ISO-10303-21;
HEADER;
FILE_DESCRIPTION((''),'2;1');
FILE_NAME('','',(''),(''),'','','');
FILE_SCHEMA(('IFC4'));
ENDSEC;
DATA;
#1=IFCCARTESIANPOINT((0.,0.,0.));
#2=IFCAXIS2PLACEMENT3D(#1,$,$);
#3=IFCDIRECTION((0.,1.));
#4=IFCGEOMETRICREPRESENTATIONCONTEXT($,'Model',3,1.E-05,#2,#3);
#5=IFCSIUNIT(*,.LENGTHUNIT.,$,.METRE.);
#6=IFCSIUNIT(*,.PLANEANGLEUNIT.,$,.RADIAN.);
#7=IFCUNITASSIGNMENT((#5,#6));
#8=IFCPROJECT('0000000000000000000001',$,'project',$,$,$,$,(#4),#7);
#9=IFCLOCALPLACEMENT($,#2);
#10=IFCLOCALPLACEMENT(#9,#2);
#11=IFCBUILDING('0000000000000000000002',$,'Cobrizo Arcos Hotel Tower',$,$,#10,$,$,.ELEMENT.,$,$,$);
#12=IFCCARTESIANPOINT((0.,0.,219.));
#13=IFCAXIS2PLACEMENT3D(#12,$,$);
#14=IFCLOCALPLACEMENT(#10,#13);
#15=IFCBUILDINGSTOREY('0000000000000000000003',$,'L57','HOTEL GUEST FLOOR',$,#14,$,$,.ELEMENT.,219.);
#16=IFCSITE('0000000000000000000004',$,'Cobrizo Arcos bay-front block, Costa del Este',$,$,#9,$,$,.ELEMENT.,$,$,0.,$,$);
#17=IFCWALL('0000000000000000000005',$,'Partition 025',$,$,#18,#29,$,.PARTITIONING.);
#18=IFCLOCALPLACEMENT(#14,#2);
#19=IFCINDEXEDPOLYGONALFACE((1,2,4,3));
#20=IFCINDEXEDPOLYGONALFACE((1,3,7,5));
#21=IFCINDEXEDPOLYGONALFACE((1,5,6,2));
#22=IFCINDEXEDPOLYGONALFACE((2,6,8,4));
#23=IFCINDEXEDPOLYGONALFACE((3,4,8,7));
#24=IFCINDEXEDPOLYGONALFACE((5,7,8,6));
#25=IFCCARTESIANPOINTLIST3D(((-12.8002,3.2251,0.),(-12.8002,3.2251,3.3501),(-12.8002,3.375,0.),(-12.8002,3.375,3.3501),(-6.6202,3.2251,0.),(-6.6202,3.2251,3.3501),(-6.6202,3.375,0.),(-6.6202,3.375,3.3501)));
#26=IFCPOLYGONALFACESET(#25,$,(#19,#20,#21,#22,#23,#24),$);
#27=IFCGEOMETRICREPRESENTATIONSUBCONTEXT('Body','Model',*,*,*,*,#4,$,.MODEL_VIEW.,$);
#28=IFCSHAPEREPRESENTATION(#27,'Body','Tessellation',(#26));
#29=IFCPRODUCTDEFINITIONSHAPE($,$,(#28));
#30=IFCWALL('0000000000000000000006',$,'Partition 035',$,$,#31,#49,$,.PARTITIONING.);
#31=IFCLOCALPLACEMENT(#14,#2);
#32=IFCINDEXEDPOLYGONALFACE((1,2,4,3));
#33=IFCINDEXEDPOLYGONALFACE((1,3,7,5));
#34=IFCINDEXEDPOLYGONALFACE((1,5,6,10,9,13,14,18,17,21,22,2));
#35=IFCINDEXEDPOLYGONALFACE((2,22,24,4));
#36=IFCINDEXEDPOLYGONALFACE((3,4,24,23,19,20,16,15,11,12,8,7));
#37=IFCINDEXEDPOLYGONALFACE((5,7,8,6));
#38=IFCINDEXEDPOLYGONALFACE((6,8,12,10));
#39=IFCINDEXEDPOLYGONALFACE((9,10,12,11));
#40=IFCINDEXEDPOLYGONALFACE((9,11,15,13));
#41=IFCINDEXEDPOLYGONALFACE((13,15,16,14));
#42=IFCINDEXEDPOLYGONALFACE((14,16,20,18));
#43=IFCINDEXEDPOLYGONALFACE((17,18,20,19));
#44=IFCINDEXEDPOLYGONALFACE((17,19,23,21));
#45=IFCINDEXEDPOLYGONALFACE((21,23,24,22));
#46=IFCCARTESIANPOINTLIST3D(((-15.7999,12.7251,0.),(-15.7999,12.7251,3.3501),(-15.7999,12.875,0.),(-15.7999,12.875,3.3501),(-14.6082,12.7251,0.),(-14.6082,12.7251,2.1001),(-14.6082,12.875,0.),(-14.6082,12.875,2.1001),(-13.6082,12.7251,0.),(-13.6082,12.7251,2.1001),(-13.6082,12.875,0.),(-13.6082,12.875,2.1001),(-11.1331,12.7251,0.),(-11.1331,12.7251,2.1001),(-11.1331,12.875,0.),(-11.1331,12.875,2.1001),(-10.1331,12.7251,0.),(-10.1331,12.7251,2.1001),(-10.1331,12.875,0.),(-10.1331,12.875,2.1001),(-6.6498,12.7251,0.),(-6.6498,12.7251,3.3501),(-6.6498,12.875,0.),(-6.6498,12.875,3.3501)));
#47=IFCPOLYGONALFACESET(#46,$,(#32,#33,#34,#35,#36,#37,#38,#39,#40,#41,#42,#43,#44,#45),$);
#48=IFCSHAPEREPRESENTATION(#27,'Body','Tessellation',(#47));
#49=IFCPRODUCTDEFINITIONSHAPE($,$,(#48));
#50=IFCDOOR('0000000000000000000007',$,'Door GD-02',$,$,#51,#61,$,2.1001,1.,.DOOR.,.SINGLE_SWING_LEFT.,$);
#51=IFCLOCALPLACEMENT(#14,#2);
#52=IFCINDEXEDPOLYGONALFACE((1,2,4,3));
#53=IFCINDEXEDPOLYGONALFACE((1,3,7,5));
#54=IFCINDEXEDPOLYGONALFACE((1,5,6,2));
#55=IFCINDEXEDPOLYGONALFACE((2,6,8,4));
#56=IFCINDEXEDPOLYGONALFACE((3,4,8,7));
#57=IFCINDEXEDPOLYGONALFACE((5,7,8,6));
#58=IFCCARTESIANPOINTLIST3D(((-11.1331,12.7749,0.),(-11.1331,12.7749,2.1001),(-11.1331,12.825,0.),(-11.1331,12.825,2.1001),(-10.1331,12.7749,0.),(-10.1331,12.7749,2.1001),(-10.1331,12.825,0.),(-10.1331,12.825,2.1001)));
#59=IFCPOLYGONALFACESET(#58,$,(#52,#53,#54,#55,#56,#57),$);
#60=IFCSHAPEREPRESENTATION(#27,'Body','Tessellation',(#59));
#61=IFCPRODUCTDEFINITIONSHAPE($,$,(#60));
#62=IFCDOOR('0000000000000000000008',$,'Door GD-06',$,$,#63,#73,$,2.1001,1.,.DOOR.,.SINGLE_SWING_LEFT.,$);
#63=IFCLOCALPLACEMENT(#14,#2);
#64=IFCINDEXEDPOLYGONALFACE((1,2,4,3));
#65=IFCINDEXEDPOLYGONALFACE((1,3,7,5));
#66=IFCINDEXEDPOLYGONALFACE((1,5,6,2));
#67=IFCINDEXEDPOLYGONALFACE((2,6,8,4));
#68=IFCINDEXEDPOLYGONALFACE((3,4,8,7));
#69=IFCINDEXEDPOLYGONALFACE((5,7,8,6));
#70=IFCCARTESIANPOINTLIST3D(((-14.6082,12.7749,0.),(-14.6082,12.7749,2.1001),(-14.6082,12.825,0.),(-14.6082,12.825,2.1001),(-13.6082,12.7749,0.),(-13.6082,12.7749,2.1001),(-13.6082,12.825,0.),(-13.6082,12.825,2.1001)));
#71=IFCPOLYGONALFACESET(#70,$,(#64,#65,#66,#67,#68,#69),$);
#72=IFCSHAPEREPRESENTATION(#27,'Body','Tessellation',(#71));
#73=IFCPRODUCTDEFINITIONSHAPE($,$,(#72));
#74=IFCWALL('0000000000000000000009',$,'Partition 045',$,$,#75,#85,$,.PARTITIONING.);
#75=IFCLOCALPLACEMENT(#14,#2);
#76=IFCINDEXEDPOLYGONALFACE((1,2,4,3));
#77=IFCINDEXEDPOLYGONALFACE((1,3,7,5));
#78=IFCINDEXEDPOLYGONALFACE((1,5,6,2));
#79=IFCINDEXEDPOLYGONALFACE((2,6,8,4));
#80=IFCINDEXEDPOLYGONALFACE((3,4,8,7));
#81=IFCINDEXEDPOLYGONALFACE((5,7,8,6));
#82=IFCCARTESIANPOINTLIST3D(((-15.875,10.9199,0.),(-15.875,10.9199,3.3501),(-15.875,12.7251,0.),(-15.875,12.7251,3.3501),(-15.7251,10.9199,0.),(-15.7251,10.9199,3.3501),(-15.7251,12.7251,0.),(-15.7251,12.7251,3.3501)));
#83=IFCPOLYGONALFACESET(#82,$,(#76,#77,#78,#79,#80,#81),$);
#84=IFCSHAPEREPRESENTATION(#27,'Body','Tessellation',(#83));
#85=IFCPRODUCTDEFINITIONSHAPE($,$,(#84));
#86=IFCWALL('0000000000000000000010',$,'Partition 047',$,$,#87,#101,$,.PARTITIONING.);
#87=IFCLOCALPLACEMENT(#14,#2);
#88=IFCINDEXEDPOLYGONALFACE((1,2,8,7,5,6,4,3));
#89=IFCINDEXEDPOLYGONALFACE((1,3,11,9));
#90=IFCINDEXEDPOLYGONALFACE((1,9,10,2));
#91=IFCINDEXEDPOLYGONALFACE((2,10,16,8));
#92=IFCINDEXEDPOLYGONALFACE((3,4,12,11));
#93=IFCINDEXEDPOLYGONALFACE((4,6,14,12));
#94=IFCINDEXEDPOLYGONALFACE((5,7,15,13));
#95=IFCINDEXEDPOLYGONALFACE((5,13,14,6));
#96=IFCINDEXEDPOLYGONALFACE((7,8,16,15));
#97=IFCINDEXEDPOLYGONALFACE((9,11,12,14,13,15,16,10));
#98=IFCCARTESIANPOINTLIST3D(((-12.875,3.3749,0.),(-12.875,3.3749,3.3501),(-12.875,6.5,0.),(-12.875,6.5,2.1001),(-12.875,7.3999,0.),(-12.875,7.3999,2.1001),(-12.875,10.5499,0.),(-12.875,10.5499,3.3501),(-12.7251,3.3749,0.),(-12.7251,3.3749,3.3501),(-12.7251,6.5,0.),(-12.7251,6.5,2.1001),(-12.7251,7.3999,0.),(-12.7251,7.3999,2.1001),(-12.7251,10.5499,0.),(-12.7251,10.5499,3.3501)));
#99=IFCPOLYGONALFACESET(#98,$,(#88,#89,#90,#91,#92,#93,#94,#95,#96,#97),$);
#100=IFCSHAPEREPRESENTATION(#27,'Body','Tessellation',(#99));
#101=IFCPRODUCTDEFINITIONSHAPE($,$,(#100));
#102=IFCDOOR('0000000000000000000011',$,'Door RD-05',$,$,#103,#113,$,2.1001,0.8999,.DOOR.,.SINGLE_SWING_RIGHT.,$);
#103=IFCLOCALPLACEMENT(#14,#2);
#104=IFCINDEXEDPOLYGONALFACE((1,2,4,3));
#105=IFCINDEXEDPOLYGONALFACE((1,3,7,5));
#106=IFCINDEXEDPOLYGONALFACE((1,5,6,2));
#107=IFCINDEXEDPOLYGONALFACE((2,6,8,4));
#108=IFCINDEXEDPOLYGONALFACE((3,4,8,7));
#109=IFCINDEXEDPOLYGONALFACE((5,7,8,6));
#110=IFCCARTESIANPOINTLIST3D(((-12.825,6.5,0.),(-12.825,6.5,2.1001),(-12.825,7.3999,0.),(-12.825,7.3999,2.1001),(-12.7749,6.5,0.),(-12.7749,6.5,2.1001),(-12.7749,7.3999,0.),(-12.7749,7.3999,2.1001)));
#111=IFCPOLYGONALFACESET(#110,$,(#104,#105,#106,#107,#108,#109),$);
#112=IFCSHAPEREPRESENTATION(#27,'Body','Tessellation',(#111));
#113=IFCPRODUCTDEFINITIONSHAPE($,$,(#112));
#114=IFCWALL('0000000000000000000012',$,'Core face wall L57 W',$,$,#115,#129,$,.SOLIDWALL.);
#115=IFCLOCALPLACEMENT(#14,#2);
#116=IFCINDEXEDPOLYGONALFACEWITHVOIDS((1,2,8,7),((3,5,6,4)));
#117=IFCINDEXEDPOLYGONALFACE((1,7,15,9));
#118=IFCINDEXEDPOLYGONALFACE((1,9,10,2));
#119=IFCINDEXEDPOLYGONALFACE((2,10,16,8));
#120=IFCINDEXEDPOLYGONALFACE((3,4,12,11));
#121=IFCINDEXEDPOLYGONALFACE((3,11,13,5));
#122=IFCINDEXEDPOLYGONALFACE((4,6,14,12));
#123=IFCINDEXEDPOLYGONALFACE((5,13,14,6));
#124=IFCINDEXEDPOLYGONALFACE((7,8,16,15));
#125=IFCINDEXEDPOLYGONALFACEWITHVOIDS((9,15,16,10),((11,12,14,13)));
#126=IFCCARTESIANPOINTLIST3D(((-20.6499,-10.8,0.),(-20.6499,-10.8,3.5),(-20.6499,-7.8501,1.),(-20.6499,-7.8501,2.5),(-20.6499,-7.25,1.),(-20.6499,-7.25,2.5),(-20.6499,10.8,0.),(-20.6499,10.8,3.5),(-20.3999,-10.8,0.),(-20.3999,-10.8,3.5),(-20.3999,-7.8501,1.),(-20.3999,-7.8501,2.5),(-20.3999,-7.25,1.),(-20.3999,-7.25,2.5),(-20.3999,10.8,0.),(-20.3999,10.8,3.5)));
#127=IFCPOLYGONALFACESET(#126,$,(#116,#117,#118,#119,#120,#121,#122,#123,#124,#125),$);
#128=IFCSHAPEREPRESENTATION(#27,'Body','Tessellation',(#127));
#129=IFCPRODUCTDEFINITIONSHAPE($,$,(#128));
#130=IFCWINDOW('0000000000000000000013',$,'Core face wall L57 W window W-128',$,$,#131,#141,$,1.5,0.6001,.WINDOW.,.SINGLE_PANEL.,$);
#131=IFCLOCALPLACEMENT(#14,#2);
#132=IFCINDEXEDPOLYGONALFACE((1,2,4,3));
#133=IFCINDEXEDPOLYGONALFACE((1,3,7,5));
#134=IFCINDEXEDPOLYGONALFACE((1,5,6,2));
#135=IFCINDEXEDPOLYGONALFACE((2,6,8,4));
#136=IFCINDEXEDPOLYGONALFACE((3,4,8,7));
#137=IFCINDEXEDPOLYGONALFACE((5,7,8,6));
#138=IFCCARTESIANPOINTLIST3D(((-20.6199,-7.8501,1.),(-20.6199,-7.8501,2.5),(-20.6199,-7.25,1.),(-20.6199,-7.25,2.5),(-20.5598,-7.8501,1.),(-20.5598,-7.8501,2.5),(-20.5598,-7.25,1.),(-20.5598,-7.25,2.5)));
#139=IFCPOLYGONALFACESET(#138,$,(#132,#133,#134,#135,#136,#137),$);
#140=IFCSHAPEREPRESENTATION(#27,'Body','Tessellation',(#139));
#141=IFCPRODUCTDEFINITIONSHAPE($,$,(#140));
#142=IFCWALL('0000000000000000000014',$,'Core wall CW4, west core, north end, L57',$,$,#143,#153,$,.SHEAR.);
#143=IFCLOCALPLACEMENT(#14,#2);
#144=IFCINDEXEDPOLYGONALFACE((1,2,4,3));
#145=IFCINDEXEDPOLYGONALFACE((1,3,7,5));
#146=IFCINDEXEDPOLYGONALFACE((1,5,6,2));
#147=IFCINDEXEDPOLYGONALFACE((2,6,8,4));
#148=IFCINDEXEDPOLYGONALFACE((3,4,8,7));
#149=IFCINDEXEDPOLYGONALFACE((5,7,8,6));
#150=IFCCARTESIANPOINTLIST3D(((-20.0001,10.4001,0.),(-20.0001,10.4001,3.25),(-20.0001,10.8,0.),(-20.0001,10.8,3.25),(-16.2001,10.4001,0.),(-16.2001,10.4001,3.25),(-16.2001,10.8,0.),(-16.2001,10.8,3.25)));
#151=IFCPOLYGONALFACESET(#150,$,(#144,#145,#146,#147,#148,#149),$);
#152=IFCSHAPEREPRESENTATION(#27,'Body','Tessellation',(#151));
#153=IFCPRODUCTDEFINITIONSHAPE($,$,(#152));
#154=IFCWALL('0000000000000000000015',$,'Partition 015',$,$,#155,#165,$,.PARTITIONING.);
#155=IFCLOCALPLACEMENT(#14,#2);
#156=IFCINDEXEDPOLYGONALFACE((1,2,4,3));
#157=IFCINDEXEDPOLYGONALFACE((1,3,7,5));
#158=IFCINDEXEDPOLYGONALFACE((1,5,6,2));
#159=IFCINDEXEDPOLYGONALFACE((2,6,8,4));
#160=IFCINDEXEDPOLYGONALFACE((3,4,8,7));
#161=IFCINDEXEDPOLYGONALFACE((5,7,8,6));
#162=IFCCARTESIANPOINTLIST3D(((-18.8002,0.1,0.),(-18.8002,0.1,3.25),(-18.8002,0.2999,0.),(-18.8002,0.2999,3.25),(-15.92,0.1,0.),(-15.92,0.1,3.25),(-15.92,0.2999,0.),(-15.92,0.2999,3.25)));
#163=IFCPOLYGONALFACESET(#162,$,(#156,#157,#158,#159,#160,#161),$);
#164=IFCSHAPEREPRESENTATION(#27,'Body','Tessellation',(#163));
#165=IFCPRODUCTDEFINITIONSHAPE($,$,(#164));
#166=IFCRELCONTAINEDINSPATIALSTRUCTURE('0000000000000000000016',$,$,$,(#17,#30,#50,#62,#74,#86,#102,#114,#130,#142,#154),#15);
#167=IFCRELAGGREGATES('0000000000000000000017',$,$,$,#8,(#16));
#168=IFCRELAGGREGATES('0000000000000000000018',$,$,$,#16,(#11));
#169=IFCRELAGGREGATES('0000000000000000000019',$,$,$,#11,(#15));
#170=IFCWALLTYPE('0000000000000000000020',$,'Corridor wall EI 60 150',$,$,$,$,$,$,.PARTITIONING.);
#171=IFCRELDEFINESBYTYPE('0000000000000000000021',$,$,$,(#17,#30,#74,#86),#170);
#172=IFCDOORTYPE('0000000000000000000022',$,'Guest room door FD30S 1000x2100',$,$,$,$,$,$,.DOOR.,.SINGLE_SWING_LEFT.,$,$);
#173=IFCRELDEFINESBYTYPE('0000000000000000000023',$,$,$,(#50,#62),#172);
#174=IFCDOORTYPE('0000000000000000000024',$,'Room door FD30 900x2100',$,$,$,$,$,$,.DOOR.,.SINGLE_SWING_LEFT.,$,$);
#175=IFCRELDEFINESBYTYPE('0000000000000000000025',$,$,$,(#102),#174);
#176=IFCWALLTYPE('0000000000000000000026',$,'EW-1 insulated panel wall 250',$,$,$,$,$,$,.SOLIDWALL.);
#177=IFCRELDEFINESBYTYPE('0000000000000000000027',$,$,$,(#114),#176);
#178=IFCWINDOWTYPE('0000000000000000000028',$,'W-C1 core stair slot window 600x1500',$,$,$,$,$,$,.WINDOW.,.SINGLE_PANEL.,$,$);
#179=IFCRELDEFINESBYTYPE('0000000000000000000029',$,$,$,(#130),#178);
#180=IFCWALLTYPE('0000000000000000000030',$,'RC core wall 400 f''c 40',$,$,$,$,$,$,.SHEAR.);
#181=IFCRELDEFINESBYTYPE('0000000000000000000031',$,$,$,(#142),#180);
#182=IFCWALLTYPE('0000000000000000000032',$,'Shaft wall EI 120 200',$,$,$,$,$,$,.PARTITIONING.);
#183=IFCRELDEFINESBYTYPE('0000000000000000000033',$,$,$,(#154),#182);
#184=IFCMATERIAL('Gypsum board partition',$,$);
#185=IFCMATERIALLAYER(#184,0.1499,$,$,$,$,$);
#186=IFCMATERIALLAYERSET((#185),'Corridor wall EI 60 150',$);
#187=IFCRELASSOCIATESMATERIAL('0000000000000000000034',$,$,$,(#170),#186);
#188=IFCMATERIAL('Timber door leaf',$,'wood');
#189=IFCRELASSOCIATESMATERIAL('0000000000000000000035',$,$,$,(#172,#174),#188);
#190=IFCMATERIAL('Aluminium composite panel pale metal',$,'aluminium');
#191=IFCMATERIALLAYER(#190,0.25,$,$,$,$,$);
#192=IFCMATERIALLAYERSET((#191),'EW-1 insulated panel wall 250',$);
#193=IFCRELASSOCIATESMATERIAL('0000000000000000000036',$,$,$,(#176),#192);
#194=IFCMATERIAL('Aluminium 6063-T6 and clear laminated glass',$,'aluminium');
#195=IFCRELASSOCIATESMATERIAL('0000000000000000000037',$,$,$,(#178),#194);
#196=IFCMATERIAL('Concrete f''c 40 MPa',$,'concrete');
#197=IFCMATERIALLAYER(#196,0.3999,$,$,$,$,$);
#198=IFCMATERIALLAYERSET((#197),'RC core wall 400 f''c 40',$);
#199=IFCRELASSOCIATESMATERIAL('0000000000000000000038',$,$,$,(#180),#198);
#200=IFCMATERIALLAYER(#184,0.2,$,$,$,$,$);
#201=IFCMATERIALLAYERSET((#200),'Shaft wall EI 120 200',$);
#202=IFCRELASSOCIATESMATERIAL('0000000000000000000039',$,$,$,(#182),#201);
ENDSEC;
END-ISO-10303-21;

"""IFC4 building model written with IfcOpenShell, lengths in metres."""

from ifc_helpers import new_model, si_unit, direction, frame, frame_2d, origin, place, context, subcontext, project, spatial, rectangle, extrude, material, layer, layer_set, type_object, element, fill, save


model = new_model("IFC4")

# Units and contexts
model_context = context("Model", 3, precision=1e-05, world=origin(), true_north=direction((0.0, 1.0)))
body_context = subcontext(model_context, "Body", "Model", "MODEL_VIEW")
ifc_project = project(units=[si_unit("LENGTHUNIT", "METRE"), si_unit("PLANEANGLEUNIT", "RADIAN")], contexts=[model_context])

# Site, building, storey
site_placement = place(None, origin())
site = spatial("IfcSite", under=ifc_project, at=site_placement, Name="Cobrizo Arcos bay-front block, Costa del Este", CompositionType="ELEMENT", RefElevation=0.0)
building_placement = place(site_placement, origin())
building = spatial("IfcBuilding", under=site, at=building_placement, Name="Cobrizo Arcos Hotel Tower", CompositionType="ELEMENT")
storey_placement = place(building_placement, frame((0.0, 0.0, 219.0)))
storey = spatial("IfcBuildingStorey", under=building, at=storey_placement, Name="L57", Description="HOTEL GUEST FLOOR", CompositionType="ELEMENT", Elevation=219.0)

# Shared definitions
ifc_material_1 = material(Name="Aluminium composite panel pale metal", Category="aluminium")

# Wall
ifc_material_2 = material(Name="Gypsum board partition")
ifc_layer_1 = layer(ifc_material_2, 0.1499)
ifc_layer_set_1 = layer_set([ifc_layer_1], Name="Corridor wall EI 60 150")
wall_type_1 = type_object("IfcWallType", Name="Corridor wall EI 60 150", PredefinedType="PARTITIONING", material=ifc_layer_set_1)
wall_1_placement = place(storey_placement, frame((-12.8, 3.3, 0.0), z_axis=(0.0, 0.0, 1.0), x_axis=(1.0, 0.0, 0.0)))
element("IfcWall", 1, at=wall_1_placement, inside=storey, type_object=wall_type_1, Name="Partition 025", PredefinedType="PARTITIONING", context=body_context, shape_type="SweptSolid", body=[
    extrude(rectangle(XDim=6.1799, YDim=0.1499, at=frame_2d((3.0898, 0.0))), origin(), (0.0, 0.0, 1.0), 3.3501),
])

# Wall, openings, doors
wall_2_placement = place(storey_placement, frame((-15.8, 12.8, 0.0), z_axis=(0.0, 0.0, 1.0), x_axis=(1.0, 0.0, 0.0)))
wall_2 = element("IfcWall", 2, at=wall_2_placement, inside=storey, type_object=wall_type_1, Name="Partition 035", PredefinedType="PARTITIONING", context=body_context, shape_type="SweptSolid", body=[
    extrude(rectangle(XDim=9.1501, YDim=0.1499, at=frame_2d((4.5752, 0.0))), origin(), (0.0, 0.0, 1.0), 3.3501),
])
opening_1_placement = place(wall_2_placement, frame((4.667, 0.0, 0.0)))
opening_1 = element("IfcOpeningElement", 3, at=opening_1_placement, cuts=wall_2, PredefinedType="OPENING", context=body_context, shape_type="SweptSolid", body=[
    extrude(rectangle(XDim=1.0, YDim=2.1001, at=frame_2d((0.5, 1.05))), frame((0.0, 0.0869, 0.0), z_axis=(0.0, -1.0, 0.0), x_axis=(1.0, 0.0, 0.0)), (0.0, 0.0, 1.0), 0.1738),
])
opening_2_placement = place(wall_2_placement, frame((1.1919, 0.0, 0.0)))
opening_2 = element("IfcOpeningElement", 4, at=opening_2_placement, cuts=wall_2, PredefinedType="OPENING", context=body_context, shape_type="SweptSolid", body=[
    extrude(rectangle(XDim=1.0, YDim=2.1001, at=frame_2d((0.5, 1.05))), frame((0.0, 0.0869, 0.0), z_axis=(0.0, -1.0, 0.0), x_axis=(1.0, 0.0, 0.0)), (0.0, 0.0, 1.0), 0.1738),
])
ifc_material_3 = material(Name="Timber door leaf", Category="wood")
door_type_1 = type_object("IfcDoorType", Name="Guest room door FD30S 1000x2100", OperationType="SINGLE_SWING_LEFT", PredefinedType="DOOR", material=ifc_material_3)
door_1_placement = place(opening_1_placement, origin())
door_1 = element("IfcDoor", 5, at=door_1_placement, inside=storey, type_object=door_type_1, Name="Door GD-02", OperationType="SINGLE_SWING_LEFT", OverallHeight=2.1001, OverallWidth=1.0, PredefinedType="DOOR", context=body_context, shape_type="SweptSolid", body=[
    extrude(rectangle(XDim=1.0, YDim=2.1001, at=frame_2d((0.5, 1.05))), frame((0.0, 0.0249, 0.0), z_axis=(0.0, -1.0, 0.0), x_axis=(1.0, 0.0, 0.0)), (0.0, 0.0, 1.0), 0.05),
])
fill(opening_1, door_1)
door_2_placement = place(opening_2_placement, origin())
door_2 = element("IfcDoor", 6, at=door_2_placement, inside=storey, type_object=door_type_1, Name="Door GD-06", OperationType="SINGLE_SWING_LEFT", OverallHeight=2.1001, OverallWidth=1.0, PredefinedType="DOOR", context=body_context, shape_type="SweptSolid", body=[
    extrude(rectangle(XDim=1.0, YDim=2.1001, at=frame_2d((0.5, 1.05))), frame((0.0, 0.0249, 0.0), z_axis=(0.0, -1.0, 0.0), x_axis=(1.0, 0.0, 0.0)), (0.0, 0.0, 1.0), 0.05),
])
fill(opening_2, door_2)

# Wall
wall_3_placement = place(storey_placement, frame((-15.8, 10.9199, 0.0), z_axis=(0.0, 0.0, 1.0), x_axis=(0.0, 1.0, 0.0)))
element("IfcWall", 7, at=wall_3_placement, inside=storey, type_object=wall_type_1, Name="Partition 045", PredefinedType="PARTITIONING", context=body_context, shape_type="SweptSolid", body=[
    extrude(rectangle(XDim=1.8052, YDim=0.1499, at=frame_2d((0.9026, 0.0))), origin(), (0.0, 0.0, 1.0), 3.3501),
])

# Wall, opening, door
wall_4_placement = place(storey_placement, frame((-12.8, 3.375, 0.0), z_axis=(0.0, 0.0, 1.0), x_axis=(0.0, 1.0, 0.0)))
wall_4 = element("IfcWall", 8, at=wall_4_placement, inside=storey, type_object=wall_type_1, Name="Partition 047", PredefinedType="PARTITIONING", context=body_context, shape_type="SweptSolid", body=[
    extrude(rectangle(XDim=7.175, YDim=0.1499, at=frame_2d((3.5874, 0.0))), origin(), (0.0, 0.0, 1.0), 3.3501),
])
opening_3_placement = place(wall_4_placement, frame((3.125, 0.0, 0.0)))
opening_3 = element("IfcOpeningElement", 9, at=opening_3_placement, cuts=wall_4, PredefinedType="OPENING", context=body_context, shape_type="SweptSolid", body=[
    extrude(rectangle(XDim=0.8999, YDim=2.1001, at=frame_2d((0.45, 1.05))), frame((0.0, 0.0869, 0.0), z_axis=(0.0, -1.0, 0.0), x_axis=(1.0, 0.0, 0.0)), (0.0, 0.0, 1.0), 0.1738),
])
door_type_2 = type_object("IfcDoorType", Name="Room door FD30 900x2100", OperationType="SINGLE_SWING_LEFT", PredefinedType="DOOR", material=ifc_material_3)
door_3_placement = place(opening_3_placement, origin())
door_3 = element("IfcDoor", 10, at=door_3_placement, inside=storey, type_object=door_type_2, Name="Door RD-05", OperationType="SINGLE_SWING_RIGHT", OverallHeight=2.1001, OverallWidth=0.8999, PredefinedType="DOOR", context=body_context, shape_type="SweptSolid", body=[
    extrude(rectangle(XDim=0.8999, YDim=2.1001, at=frame_2d((0.45, 1.05))), frame((0.0, 0.0249, 0.0), z_axis=(0.0, -1.0, 0.0), x_axis=(1.0, 0.0, 0.0)), (0.0, 0.0, 1.0), 0.05),
])
fill(opening_3, door_3)

# Wall, opening, window
ifc_layer_2 = layer(ifc_material_1, 0.25)
ifc_layer_set_2 = layer_set([ifc_layer_2], Name="EW-1 insulated panel wall 250")
wall_type_2 = type_object("IfcWallType", Name="EW-1 insulated panel wall 250", PredefinedType="SOLIDWALL", material=ifc_layer_set_2)
wall_5_placement = place(storey_placement, frame((-20.5249, 10.8, 0.0), z_axis=(0.0, 0.0, 1.0), x_axis=(0.0, -1.0, 0.0)))
wall_5 = element("IfcWall", 11, at=wall_5_placement, inside=storey, type_object=wall_type_2, Name="Core face wall L57 W", PredefinedType="SOLIDWALL", context=body_context, shape_type="SweptSolid", body=[
    extrude(rectangle(XDim=21.6001, YDim=0.25, at=frame_2d((10.8, 0.0))), origin(), (0.0, 0.0, 1.0), 3.5),
])
opening_4_placement = place(wall_5_placement, frame((18.05, 0.0, 1.0)))
opening_4 = element("IfcOpeningElement", 12, at=opening_4_placement, cuts=wall_5, PredefinedType="OPENING", context=body_context, shape_type="SweptSolid", body=[
    extrude(rectangle(XDim=0.6001, YDim=1.5, at=frame_2d((0.3, 0.75))), frame((0.0, 0.137, 0.0), z_axis=(0.0, -1.0, 0.0), x_axis=(1.0, 0.0, 0.0)), (0.0, 0.0, 1.0), 0.2739),
])
ifc_material_4 = material(Name="Aluminium 6063-T6 and clear laminated glass", Category="aluminium")
window_type = type_object("IfcWindowType", Name="W-C1 core stair slot window 600x1500", PartitioningType="SINGLE_PANEL", PredefinedType="WINDOW", material=ifc_material_4)
window_placement = place(opening_4_placement, origin())
window = element("IfcWindow", 13, at=window_placement, inside=storey, type_object=window_type, Name="Core face wall L57 W window W-128", OverallHeight=1.5, OverallWidth=0.6001, PartitioningType="SINGLE_PANEL", PredefinedType="WINDOW", context=body_context, shape_type="SweptSolid", body=[
    extrude(rectangle(XDim=0.6001, YDim=1.5, at=frame_2d((0.3, 0.75))), frame((0.0, -0.0349, 0.0), z_axis=(0.0, -1.0, 0.0), x_axis=(1.0, 0.0, 0.0)), (0.0, 0.0, 1.0), 0.0601),
])
fill(opening_4, window)

# Walls
ifc_material_5 = material(Name="Concrete f'c 40 MPa", Category="concrete")
ifc_layer_3 = layer(ifc_material_5, 0.3999)
ifc_layer_set_3 = layer_set([ifc_layer_3], Name="RC core wall 400 f'c 40")
wall_type_3 = type_object("IfcWallType", Name="RC core wall 400 f'c 40", PredefinedType="SHEAR", material=ifc_layer_set_3)
wall_6_placement = place(storey_placement, frame((-20.0, 10.6001, 0.0), z_axis=(0.0, 0.0, 1.0), x_axis=(1.0, 0.0, 0.0)))
element("IfcWall", 14, at=wall_6_placement, inside=storey, type_object=wall_type_3, Name="Core wall CW4, west core, north end, L57", PredefinedType="SHEAR", context=body_context, shape_type="SweptSolid", body=[
    extrude(rectangle(XDim=3.8, YDim=0.3999, at=frame_2d((1.8999, 0.0))), origin(), (0.0, 0.0, 1.0), 3.25),
])
ifc_layer_4 = layer(ifc_material_2, 0.2)
ifc_layer_set_4 = layer_set([ifc_layer_4], Name="Shaft wall EI 120 200")
wall_type_4 = type_object("IfcWallType", Name="Shaft wall EI 120 200", PredefinedType="PARTITIONING", material=ifc_layer_set_4)
for number, where, z_axis, x_axis, name in (
    (15, (-18.8, 0.2, 0.0), (0.0, 0.0, 1.0), (1.0, 0.0, 0.0), "Partition 015"),
):
    element("IfcWall", number, at=place(storey_placement, frame(where, z_axis=z_axis, x_axis=x_axis)), inside=storey, type_object=wall_type_4, Name=name, PredefinedType="PARTITIONING", context=body_context, shape_type="SweptSolid", body=[
        extrude(rectangle(XDim=2.8801, YDim=0.2, at=frame_2d((1.4399, 0.0))), origin(), (0.0, 0.0, 1.0), 3.25),
    ])

save(model, "model.ifc")
